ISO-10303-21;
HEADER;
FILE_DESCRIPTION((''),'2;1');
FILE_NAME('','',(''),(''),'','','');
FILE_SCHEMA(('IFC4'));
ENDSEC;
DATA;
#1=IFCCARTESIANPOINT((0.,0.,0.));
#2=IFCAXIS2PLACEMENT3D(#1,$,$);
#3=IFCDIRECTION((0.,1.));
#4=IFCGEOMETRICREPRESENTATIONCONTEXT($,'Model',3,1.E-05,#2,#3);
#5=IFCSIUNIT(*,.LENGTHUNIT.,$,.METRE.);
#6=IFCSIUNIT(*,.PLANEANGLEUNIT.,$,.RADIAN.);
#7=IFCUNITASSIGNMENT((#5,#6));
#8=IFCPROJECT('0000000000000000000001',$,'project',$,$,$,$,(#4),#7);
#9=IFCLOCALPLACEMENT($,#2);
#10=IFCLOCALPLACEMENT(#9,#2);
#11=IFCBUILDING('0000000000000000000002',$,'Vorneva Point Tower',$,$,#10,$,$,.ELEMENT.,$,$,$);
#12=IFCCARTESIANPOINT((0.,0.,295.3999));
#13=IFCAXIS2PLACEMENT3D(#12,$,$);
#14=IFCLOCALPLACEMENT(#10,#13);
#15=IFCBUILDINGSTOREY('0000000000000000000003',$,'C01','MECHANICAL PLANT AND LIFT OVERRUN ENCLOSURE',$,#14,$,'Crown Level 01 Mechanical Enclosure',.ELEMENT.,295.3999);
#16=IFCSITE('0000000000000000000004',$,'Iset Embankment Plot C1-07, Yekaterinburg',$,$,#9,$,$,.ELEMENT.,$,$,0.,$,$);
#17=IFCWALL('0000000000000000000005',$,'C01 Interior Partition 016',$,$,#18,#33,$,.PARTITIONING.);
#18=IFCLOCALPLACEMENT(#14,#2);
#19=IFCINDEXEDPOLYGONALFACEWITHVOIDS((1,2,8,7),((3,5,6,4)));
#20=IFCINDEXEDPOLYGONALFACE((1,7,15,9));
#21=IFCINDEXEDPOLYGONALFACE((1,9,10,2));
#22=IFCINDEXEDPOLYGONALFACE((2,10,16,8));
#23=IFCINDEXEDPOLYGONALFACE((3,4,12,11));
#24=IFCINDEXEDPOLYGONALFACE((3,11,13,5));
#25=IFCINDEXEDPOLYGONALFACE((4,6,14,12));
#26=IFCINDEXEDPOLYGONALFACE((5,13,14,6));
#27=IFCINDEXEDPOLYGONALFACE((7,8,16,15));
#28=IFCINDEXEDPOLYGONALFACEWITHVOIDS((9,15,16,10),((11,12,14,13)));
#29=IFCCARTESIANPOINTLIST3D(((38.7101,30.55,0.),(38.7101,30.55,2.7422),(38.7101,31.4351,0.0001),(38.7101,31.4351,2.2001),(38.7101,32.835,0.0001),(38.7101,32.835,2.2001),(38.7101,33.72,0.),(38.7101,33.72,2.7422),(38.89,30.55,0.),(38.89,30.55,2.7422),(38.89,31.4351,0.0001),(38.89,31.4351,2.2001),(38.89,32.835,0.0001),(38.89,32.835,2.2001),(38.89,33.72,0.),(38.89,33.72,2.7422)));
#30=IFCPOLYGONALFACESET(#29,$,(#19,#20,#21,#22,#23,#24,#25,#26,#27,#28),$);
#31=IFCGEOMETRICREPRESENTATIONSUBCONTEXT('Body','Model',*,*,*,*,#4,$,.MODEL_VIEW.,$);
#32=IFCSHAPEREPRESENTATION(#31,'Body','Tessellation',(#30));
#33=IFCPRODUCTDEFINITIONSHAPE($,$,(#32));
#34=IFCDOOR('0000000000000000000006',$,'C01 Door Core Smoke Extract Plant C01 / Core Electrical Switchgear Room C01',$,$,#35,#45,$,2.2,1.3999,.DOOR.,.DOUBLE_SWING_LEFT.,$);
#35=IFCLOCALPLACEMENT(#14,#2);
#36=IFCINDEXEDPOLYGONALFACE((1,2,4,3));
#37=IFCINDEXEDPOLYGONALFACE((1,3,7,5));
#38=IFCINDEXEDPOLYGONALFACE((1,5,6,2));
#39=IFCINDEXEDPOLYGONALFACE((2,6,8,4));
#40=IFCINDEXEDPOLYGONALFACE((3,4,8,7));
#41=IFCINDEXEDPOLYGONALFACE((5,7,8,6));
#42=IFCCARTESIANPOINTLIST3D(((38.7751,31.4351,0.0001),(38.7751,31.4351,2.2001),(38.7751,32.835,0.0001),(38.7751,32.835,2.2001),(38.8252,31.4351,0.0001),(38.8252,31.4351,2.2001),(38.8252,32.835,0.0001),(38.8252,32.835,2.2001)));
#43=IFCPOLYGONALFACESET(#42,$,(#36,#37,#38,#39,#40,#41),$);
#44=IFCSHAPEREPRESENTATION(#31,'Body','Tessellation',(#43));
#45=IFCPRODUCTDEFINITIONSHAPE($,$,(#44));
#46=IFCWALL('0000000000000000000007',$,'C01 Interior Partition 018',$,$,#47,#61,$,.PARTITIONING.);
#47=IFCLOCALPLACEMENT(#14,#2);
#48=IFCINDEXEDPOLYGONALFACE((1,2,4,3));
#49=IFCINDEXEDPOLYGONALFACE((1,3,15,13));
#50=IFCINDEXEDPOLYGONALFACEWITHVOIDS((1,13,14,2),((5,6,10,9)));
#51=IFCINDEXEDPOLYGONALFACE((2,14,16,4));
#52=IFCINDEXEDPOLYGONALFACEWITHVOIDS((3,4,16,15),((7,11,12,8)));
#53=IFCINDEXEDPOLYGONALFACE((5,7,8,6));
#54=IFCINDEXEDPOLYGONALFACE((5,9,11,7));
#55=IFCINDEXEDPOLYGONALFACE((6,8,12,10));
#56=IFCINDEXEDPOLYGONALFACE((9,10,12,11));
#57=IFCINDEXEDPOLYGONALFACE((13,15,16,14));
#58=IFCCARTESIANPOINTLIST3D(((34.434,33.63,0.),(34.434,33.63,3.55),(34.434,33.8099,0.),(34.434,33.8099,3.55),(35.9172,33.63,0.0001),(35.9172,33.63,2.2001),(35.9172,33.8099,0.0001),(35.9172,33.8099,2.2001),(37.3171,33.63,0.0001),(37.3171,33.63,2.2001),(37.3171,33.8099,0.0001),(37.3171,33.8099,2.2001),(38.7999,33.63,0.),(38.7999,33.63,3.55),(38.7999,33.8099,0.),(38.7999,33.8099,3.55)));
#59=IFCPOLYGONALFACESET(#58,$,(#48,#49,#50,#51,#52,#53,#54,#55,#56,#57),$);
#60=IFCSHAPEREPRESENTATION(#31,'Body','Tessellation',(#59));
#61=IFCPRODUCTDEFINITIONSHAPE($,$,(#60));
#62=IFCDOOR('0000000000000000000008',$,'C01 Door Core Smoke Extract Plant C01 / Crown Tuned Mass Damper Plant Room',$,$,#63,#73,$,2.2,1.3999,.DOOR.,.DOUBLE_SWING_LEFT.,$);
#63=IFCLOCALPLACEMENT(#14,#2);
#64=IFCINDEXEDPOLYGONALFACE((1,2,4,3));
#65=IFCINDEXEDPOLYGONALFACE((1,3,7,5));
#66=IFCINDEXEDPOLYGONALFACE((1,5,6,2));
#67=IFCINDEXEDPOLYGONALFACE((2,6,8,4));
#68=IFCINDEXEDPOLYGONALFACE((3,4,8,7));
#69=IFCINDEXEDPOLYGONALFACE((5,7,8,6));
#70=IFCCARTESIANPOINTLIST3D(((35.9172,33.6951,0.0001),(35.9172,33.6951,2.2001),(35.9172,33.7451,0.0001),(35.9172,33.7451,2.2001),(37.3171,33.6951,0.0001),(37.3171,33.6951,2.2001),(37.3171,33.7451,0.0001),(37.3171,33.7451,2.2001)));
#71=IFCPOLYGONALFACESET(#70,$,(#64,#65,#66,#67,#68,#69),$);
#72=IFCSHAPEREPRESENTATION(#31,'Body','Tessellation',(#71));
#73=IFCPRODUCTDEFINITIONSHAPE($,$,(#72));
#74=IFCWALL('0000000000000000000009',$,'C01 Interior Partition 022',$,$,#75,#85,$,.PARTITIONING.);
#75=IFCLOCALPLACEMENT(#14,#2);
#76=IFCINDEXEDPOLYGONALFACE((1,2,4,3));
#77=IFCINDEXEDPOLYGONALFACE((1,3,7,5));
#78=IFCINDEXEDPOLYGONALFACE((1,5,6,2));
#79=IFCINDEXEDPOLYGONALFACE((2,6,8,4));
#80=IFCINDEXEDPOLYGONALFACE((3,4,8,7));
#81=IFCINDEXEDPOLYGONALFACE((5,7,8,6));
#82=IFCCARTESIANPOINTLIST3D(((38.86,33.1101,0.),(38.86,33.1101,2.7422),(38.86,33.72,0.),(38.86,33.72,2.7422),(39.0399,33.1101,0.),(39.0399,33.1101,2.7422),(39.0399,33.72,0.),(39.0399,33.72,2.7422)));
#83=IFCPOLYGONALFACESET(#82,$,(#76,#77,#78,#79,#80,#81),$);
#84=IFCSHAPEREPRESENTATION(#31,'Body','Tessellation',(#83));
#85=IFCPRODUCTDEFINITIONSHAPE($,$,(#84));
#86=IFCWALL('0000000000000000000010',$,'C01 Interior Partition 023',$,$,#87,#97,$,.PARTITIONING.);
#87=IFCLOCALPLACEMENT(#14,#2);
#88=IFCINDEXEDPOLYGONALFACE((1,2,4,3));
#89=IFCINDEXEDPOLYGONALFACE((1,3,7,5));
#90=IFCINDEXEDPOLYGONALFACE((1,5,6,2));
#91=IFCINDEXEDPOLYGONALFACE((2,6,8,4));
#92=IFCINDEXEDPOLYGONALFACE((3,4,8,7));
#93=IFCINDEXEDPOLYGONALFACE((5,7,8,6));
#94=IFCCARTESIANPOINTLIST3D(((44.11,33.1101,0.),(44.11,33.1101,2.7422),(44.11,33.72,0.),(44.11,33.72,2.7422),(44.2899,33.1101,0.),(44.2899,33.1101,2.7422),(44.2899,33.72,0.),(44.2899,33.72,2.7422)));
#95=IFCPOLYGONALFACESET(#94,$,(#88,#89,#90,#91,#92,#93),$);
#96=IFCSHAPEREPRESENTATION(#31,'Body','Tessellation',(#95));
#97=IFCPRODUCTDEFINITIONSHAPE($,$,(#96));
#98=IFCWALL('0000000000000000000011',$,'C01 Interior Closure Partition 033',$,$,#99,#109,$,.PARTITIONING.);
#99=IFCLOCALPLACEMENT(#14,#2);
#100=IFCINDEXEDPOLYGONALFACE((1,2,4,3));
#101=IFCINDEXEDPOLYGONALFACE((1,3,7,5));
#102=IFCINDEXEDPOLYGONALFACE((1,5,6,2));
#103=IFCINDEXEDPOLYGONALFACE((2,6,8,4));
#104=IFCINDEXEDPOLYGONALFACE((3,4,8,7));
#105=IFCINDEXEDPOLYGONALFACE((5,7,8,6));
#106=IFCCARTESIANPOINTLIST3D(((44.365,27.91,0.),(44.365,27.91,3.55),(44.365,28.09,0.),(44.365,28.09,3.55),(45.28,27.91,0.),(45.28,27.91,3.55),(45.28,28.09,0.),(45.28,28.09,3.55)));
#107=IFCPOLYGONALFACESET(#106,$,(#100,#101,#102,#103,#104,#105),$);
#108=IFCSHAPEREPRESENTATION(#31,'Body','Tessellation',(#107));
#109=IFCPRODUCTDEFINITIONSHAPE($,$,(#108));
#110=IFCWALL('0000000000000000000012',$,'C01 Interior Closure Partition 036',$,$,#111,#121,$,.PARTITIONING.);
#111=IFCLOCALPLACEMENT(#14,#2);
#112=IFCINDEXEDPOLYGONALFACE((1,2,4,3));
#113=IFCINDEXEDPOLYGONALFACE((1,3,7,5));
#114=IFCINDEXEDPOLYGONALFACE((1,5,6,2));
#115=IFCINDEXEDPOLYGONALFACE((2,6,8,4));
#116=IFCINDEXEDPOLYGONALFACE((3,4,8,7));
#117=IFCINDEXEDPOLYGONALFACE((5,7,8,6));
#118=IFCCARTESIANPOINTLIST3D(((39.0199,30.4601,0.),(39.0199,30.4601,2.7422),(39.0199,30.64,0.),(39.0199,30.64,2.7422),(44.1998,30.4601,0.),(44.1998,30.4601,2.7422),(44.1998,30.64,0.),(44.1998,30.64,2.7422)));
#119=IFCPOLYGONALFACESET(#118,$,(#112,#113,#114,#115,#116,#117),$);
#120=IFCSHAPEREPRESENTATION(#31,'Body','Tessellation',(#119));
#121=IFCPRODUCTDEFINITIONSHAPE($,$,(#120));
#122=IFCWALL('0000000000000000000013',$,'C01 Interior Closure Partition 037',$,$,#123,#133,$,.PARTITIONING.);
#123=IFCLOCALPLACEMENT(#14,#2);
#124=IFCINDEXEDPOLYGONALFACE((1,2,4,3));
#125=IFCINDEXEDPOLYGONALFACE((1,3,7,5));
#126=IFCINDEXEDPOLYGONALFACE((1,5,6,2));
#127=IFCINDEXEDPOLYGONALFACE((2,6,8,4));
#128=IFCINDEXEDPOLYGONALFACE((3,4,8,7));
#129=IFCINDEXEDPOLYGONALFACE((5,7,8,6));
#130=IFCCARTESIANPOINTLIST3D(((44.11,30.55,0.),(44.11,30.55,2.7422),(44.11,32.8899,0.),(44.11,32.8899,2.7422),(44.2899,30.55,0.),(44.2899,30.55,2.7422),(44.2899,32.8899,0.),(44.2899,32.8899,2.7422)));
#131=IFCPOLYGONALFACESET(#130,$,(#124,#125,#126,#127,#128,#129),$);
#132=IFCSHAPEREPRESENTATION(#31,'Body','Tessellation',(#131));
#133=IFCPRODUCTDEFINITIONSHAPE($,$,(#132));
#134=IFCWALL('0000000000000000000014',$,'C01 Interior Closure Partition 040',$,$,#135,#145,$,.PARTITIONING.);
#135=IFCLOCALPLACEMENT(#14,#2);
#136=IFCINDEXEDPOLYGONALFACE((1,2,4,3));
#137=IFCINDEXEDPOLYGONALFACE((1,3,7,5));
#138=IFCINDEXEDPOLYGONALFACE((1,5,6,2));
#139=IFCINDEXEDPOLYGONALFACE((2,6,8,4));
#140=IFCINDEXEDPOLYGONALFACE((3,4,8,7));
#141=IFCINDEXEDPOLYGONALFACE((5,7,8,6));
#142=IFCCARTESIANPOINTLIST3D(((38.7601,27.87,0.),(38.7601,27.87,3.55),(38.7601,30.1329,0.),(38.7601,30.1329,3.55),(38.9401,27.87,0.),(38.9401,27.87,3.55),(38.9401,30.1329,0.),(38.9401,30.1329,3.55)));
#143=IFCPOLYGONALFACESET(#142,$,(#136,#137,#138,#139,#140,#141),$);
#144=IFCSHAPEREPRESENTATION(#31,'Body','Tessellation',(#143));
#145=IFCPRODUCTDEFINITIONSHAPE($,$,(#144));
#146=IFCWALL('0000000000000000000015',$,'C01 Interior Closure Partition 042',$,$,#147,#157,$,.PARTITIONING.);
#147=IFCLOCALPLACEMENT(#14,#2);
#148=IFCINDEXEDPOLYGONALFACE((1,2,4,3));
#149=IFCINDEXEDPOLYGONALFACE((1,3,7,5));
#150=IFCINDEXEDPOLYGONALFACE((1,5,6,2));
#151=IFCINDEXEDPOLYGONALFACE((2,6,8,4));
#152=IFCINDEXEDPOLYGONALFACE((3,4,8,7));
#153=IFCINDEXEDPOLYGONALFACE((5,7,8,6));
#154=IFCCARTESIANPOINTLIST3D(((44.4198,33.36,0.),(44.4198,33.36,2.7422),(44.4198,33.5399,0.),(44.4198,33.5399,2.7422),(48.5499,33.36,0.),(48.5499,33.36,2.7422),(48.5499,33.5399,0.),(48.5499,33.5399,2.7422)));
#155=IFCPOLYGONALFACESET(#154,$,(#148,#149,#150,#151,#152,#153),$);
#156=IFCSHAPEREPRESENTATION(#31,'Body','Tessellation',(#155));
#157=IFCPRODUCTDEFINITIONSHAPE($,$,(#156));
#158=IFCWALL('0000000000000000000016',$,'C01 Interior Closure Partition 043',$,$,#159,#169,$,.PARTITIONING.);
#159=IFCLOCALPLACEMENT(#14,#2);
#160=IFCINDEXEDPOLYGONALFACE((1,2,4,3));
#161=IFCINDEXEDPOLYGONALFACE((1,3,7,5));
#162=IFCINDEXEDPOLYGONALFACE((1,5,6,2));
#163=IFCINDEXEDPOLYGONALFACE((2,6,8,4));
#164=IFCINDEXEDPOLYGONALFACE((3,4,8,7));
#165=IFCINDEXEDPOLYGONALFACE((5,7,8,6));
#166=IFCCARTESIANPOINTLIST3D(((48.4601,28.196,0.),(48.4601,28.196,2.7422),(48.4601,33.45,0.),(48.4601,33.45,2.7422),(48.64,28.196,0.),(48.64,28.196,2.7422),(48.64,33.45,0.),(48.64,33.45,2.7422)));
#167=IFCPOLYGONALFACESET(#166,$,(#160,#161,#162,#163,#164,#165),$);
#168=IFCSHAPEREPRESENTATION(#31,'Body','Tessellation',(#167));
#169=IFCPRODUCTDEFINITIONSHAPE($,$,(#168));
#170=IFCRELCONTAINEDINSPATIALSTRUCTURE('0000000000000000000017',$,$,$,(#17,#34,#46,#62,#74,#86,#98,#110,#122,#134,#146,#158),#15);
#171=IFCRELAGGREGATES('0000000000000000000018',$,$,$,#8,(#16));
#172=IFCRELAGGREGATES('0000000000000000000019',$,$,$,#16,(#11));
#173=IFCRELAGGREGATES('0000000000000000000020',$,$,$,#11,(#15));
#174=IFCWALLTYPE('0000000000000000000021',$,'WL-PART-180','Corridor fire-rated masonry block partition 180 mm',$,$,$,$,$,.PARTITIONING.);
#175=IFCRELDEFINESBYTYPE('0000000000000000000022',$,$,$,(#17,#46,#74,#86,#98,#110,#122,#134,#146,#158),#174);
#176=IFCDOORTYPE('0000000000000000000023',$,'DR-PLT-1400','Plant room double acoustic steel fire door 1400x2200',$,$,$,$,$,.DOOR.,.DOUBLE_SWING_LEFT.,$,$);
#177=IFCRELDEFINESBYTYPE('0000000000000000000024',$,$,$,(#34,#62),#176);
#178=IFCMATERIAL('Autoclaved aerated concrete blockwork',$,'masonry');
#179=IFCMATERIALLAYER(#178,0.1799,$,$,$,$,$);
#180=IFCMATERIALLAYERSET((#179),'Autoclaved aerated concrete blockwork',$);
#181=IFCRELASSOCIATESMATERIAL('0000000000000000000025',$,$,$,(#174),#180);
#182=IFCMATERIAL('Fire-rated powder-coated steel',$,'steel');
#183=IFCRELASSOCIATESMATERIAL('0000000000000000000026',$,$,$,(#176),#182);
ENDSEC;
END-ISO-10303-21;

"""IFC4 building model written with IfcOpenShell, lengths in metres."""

from ifc_helpers import new_model, si_unit, direction, frame, frame_2d, origin, place, context, subcontext, project, spatial, rectangle, extrude, material, layer, layer_set, type_object, element, fill, save


model = new_model("IFC4")

# Units and contexts
model_context = context("Model", 3, precision=1e-05, world=origin(), true_north=direction((0.0, 1.0)))
body_context = subcontext(model_context, "Body", "Model", "MODEL_VIEW")
ifc_project = project(units=[si_unit("LENGTHUNIT", "METRE"), si_unit("PLANEANGLEUNIT", "RADIAN")], contexts=[model_context])

# Site, building, storey
site_placement = place(None, origin())
site = spatial("IfcSite", under=ifc_project, at=site_placement, Name="Iset Embankment Plot C1-07, Yekaterinburg", CompositionType="ELEMENT", RefElevation=0.0)
building_placement = place(site_placement, origin())
building = spatial("IfcBuilding", under=site, at=building_placement, Name="Vorneva Point Tower", CompositionType="ELEMENT")
storey_placement = place(building_placement, frame((0.0, 0.0, 295.3999)))
storey = spatial("IfcBuildingStorey", under=building, at=storey_placement, Name="C01", Description="MECHANICAL PLANT AND LIFT OVERRUN ENCLOSURE", LongName="Crown Level 01 Mechanical Enclosure", CompositionType="ELEMENT", Elevation=295.3999)

# Walls, openings, doors
ifc_material_1 = material(Name="Autoclaved aerated concrete blockwork", Category="masonry")
ifc_layer_1 = layer(ifc_material_1, 0.1799)
ifc_layer_set_1 = layer_set([ifc_layer_1], Name="Autoclaved aerated concrete blockwork")
wall_type_1 = type_object("IfcWallType", Name="WL-PART-180", Description="Corridor fire-rated masonry block partition 180 mm", PredefinedType="PARTITIONING", material=ifc_layer_set_1)
ifc_material_2 = material(Name="Fire-rated powder-coated steel", Category="steel")
door_type_1 = type_object("IfcDoorType", Name="DR-PLT-1400", Description="Plant room double acoustic steel fire door 1400x2200", OperationType="DOUBLE_SWING_LEFT", PredefinedType="DOOR", material=ifc_material_2)
wall_1_placement = place(storey_placement, frame((38.8, 30.55, 0.0), z_axis=(0.0, 0.0, 1.0), x_axis=(0.0, 1.0, 0.0)))
wall_1 = element("IfcWall", 1, at=wall_1_placement, inside=storey, type_object=wall_type_1, Name="C01 Interior Partition 016", PredefinedType="PARTITIONING", context=body_context, shape_type="SweptSolid", body=[
    extrude(rectangle(XDim=3.1699, YDim=0.1799, at=frame_2d((1.585, 0.0))), origin(), (0.0, 0.0, 1.0), 2.7422),
])
opening_1_placement = place(wall_1_placement, frame((0.885, 0.0, 0.0)))
opening_1 = element("IfcOpeningElement", 2, at=opening_1_placement, cuts=wall_1, PredefinedType="OPENING", context=body_context, shape_type="SweptSolid", body=[
    extrude(rectangle(XDim=1.3999, YDim=2.2, at=frame_2d((0.7, 1.1001))), frame((0.0, 0.105, 0.0), z_axis=(0.0, -1.0, 0.0), x_axis=(1.0, 0.0, 0.0)), (0.0, 0.0, 1.0), 0.2097),
])
door_1_placement = place(opening_1_placement, origin())
door_1 = element("IfcDoor", 3, at=door_1_placement, inside=storey, type_object=door_type_1, Name="C01 Door Core Smoke Extract Plant C01 / Core Electrical Switchgear Room C01", OperationType="DOUBLE_SWING_LEFT", OverallHeight=2.2, OverallWidth=1.3999, PredefinedType="DOOR", context=body_context, shape_type="SweptSolid", body=[
    extrude(rectangle(XDim=1.3999, YDim=2.2, at=frame_2d((0.7, 1.1001))), frame((0.0, 0.0249, 0.0), z_axis=(0.0, -1.0, 0.0), x_axis=(1.0, 0.0, 0.0)), (0.0, 0.0, 1.0), 0.05),
])
fill(opening_1, door_1)
wall_2_placement = place(storey_placement, frame((38.8, 33.72, 0.0), z_axis=(0.0, 0.0, 1.0), x_axis=(-1.0, 0.0, 0.0)))
wall_2 = element("IfcWall", 4, at=wall_2_placement, inside=storey, type_object=wall_type_1, Name="C01 Interior Partition 018", PredefinedType="PARTITIONING", context=body_context, shape_type="SweptSolid", body=[
    extrude(rectangle(XDim=4.366, YDim=0.1799, at=frame_2d((2.1831, 0.0))), origin(), (0.0, 0.0, 1.0), 3.55),
])
opening_2_placement = place(wall_2_placement, frame((1.4829, 0.0, 0.0)))
opening_2 = element("IfcOpeningElement", 5, at=opening_2_placement, cuts=wall_2, PredefinedType="OPENING", context=body_context, shape_type="SweptSolid", body=[
    extrude(rectangle(XDim=1.3999, YDim=2.2, at=frame_2d((0.7, 1.1001))), frame((0.0, 0.105, 0.0), z_axis=(0.0, -1.0, 0.0), x_axis=(1.0, 0.0, 0.0)), (0.0, 0.0, 1.0), 0.2097),
])
door_2_placement = place(opening_2_placement, origin())
door_2 = element("IfcDoor", 6, at=door_2_placement, inside=storey, type_object=door_type_1, Name="C01 Door Core Smoke Extract Plant C01 / Crown Tuned Mass Damper Plant Room", OperationType="DOUBLE_SWING_LEFT", OverallHeight=2.2, OverallWidth=1.3999, PredefinedType="DOOR", context=body_context, shape_type="SweptSolid", body=[
    extrude(rectangle(XDim=1.3999, YDim=2.2, at=frame_2d((0.7, 1.1001))), frame((0.0, 0.0249, 0.0), z_axis=(0.0, -1.0, 0.0), x_axis=(1.0, 0.0, 0.0)), (0.0, 0.0, 1.0), 0.05),
])
fill(opening_2, door_2)

# Walls
for number, where, z_axis, x_axis, name in (
    (7, (38.95, 33.72, 0.0), (0.0, 0.0, 1.0), (0.0, -1.0, 0.0), "C01 Interior Partition 022"),
    (8, (44.2, 33.1101, 0.0), (0.0, 0.0, 1.0), (0.0, 1.0, 0.0), "C01 Interior Partition 023"),
):
    element("IfcWall", number, at=place(storey_placement, frame(where, z_axis=z_axis, x_axis=x_axis)), inside=storey, type_object=wall_type_1, Name=name, PredefinedType="PARTITIONING", context=body_context, shape_type="SweptSolid", body=[
        extrude(rectangle(XDim=0.6099, YDim=0.1799, at=frame_2d((0.3049, 0.0))), origin(), (0.0, 0.0, 1.0), 2.7422),
    ])
wall_3_placement = place(storey_placement, frame((45.28, 28.0, 0.0), z_axis=(0.0, 0.0, 1.0), x_axis=(-1.0, 0.0, 0.0)))
element("IfcWall", 9, at=wall_3_placement, inside=storey, type_object=wall_type_1, Name="C01 Interior Closure Partition 033", PredefinedType="PARTITIONING", context=body_context, shape_type="SweptSolid", body=[
    extrude(rectangle(XDim=0.915, YDim=0.1799, at=frame_2d((0.4575, 0.0))), origin(), (0.0, 0.0, 1.0), 3.55),
])
wall_4_placement = place(storey_placement, frame((39.02, 30.55, 0.0), z_axis=(0.0, 0.0, 1.0), x_axis=(1.0, 0.0, 0.0)))
element("IfcWall", 10, at=wall_4_placement, inside=storey, type_object=wall_type_1, Name="C01 Interior Closure Partition 036", PredefinedType="PARTITIONING", context=body_context, shape_type="SweptSolid", body=[
    extrude(rectangle(XDim=5.1799, YDim=0.1799, at=frame_2d((2.5898, 0.0))), origin(), (0.0, 0.0, 1.0), 2.7422),
])
wall_5_placement = place(storey_placement, frame((44.2, 30.55, 0.0), z_axis=(0.0, 0.0, 1.0), x_axis=(0.0, 1.0, 0.0)))
element("IfcWall", 11, at=wall_5_placement, inside=storey, type_object=wall_type_1, Name="C01 Interior Closure Partition 037", PredefinedType="PARTITIONING", context=body_context, shape_type="SweptSolid", body=[
    extrude(rectangle(XDim=2.3398, YDim=0.1799, at=frame_2d((1.1699, 0.0))), origin(), (0.0, 0.0, 1.0), 2.7422),
])
wall_6_placement = place(storey_placement, frame((38.8501, 27.8701, 0.0), z_axis=(0.0, 0.0, 1.0), x_axis=(0.0, 1.0, 0.0)))
element("IfcWall", 12, at=wall_6_placement, inside=storey, type_object=wall_type_1, Name="C01 Interior Closure Partition 040", PredefinedType="PARTITIONING", context=body_context, shape_type="SweptSolid", body=[
    extrude(rectangle(XDim=2.2629, YDim=0.1799, at=frame_2d((1.1313, 0.0))), origin(), (0.0, 0.0, 1.0), 3.55),
])
wall_7_placement = place(storey_placement, frame((44.4199, 33.45, 0.0), z_axis=(0.0, 0.0, 1.0), x_axis=(1.0, 0.0, 0.0)))
element("IfcWall", 13, at=wall_7_placement, inside=storey, type_object=wall_type_1, Name="C01 Interior Closure Partition 042", PredefinedType="PARTITIONING", context=body_context, shape_type="SweptSolid", body=[
    extrude(rectangle(XDim=4.1301, YDim=0.1799, at=frame_2d((2.0649, 0.0))), origin(), (0.0, 0.0, 1.0), 2.7422),
])
wall_8_placement = place(storey_placement, frame((48.55, 33.45, 0.0), z_axis=(0.0, 0.0, 1.0), x_axis=(0.0, -1.0, 0.0)))
element("IfcWall", 14, at=wall_8_placement, inside=storey, type_object=wall_type_1, Name="C01 Interior Closure Partition 043", PredefinedType="PARTITIONING", context=body_context, shape_type="SweptSolid", body=[
    extrude(rectangle(XDim=5.2539, YDim=0.1799, at=frame_2d((2.627, 0.0))), origin(), (0.0, 0.0, 1.0), 2.7422),
])

save(model, "model.ifc")
